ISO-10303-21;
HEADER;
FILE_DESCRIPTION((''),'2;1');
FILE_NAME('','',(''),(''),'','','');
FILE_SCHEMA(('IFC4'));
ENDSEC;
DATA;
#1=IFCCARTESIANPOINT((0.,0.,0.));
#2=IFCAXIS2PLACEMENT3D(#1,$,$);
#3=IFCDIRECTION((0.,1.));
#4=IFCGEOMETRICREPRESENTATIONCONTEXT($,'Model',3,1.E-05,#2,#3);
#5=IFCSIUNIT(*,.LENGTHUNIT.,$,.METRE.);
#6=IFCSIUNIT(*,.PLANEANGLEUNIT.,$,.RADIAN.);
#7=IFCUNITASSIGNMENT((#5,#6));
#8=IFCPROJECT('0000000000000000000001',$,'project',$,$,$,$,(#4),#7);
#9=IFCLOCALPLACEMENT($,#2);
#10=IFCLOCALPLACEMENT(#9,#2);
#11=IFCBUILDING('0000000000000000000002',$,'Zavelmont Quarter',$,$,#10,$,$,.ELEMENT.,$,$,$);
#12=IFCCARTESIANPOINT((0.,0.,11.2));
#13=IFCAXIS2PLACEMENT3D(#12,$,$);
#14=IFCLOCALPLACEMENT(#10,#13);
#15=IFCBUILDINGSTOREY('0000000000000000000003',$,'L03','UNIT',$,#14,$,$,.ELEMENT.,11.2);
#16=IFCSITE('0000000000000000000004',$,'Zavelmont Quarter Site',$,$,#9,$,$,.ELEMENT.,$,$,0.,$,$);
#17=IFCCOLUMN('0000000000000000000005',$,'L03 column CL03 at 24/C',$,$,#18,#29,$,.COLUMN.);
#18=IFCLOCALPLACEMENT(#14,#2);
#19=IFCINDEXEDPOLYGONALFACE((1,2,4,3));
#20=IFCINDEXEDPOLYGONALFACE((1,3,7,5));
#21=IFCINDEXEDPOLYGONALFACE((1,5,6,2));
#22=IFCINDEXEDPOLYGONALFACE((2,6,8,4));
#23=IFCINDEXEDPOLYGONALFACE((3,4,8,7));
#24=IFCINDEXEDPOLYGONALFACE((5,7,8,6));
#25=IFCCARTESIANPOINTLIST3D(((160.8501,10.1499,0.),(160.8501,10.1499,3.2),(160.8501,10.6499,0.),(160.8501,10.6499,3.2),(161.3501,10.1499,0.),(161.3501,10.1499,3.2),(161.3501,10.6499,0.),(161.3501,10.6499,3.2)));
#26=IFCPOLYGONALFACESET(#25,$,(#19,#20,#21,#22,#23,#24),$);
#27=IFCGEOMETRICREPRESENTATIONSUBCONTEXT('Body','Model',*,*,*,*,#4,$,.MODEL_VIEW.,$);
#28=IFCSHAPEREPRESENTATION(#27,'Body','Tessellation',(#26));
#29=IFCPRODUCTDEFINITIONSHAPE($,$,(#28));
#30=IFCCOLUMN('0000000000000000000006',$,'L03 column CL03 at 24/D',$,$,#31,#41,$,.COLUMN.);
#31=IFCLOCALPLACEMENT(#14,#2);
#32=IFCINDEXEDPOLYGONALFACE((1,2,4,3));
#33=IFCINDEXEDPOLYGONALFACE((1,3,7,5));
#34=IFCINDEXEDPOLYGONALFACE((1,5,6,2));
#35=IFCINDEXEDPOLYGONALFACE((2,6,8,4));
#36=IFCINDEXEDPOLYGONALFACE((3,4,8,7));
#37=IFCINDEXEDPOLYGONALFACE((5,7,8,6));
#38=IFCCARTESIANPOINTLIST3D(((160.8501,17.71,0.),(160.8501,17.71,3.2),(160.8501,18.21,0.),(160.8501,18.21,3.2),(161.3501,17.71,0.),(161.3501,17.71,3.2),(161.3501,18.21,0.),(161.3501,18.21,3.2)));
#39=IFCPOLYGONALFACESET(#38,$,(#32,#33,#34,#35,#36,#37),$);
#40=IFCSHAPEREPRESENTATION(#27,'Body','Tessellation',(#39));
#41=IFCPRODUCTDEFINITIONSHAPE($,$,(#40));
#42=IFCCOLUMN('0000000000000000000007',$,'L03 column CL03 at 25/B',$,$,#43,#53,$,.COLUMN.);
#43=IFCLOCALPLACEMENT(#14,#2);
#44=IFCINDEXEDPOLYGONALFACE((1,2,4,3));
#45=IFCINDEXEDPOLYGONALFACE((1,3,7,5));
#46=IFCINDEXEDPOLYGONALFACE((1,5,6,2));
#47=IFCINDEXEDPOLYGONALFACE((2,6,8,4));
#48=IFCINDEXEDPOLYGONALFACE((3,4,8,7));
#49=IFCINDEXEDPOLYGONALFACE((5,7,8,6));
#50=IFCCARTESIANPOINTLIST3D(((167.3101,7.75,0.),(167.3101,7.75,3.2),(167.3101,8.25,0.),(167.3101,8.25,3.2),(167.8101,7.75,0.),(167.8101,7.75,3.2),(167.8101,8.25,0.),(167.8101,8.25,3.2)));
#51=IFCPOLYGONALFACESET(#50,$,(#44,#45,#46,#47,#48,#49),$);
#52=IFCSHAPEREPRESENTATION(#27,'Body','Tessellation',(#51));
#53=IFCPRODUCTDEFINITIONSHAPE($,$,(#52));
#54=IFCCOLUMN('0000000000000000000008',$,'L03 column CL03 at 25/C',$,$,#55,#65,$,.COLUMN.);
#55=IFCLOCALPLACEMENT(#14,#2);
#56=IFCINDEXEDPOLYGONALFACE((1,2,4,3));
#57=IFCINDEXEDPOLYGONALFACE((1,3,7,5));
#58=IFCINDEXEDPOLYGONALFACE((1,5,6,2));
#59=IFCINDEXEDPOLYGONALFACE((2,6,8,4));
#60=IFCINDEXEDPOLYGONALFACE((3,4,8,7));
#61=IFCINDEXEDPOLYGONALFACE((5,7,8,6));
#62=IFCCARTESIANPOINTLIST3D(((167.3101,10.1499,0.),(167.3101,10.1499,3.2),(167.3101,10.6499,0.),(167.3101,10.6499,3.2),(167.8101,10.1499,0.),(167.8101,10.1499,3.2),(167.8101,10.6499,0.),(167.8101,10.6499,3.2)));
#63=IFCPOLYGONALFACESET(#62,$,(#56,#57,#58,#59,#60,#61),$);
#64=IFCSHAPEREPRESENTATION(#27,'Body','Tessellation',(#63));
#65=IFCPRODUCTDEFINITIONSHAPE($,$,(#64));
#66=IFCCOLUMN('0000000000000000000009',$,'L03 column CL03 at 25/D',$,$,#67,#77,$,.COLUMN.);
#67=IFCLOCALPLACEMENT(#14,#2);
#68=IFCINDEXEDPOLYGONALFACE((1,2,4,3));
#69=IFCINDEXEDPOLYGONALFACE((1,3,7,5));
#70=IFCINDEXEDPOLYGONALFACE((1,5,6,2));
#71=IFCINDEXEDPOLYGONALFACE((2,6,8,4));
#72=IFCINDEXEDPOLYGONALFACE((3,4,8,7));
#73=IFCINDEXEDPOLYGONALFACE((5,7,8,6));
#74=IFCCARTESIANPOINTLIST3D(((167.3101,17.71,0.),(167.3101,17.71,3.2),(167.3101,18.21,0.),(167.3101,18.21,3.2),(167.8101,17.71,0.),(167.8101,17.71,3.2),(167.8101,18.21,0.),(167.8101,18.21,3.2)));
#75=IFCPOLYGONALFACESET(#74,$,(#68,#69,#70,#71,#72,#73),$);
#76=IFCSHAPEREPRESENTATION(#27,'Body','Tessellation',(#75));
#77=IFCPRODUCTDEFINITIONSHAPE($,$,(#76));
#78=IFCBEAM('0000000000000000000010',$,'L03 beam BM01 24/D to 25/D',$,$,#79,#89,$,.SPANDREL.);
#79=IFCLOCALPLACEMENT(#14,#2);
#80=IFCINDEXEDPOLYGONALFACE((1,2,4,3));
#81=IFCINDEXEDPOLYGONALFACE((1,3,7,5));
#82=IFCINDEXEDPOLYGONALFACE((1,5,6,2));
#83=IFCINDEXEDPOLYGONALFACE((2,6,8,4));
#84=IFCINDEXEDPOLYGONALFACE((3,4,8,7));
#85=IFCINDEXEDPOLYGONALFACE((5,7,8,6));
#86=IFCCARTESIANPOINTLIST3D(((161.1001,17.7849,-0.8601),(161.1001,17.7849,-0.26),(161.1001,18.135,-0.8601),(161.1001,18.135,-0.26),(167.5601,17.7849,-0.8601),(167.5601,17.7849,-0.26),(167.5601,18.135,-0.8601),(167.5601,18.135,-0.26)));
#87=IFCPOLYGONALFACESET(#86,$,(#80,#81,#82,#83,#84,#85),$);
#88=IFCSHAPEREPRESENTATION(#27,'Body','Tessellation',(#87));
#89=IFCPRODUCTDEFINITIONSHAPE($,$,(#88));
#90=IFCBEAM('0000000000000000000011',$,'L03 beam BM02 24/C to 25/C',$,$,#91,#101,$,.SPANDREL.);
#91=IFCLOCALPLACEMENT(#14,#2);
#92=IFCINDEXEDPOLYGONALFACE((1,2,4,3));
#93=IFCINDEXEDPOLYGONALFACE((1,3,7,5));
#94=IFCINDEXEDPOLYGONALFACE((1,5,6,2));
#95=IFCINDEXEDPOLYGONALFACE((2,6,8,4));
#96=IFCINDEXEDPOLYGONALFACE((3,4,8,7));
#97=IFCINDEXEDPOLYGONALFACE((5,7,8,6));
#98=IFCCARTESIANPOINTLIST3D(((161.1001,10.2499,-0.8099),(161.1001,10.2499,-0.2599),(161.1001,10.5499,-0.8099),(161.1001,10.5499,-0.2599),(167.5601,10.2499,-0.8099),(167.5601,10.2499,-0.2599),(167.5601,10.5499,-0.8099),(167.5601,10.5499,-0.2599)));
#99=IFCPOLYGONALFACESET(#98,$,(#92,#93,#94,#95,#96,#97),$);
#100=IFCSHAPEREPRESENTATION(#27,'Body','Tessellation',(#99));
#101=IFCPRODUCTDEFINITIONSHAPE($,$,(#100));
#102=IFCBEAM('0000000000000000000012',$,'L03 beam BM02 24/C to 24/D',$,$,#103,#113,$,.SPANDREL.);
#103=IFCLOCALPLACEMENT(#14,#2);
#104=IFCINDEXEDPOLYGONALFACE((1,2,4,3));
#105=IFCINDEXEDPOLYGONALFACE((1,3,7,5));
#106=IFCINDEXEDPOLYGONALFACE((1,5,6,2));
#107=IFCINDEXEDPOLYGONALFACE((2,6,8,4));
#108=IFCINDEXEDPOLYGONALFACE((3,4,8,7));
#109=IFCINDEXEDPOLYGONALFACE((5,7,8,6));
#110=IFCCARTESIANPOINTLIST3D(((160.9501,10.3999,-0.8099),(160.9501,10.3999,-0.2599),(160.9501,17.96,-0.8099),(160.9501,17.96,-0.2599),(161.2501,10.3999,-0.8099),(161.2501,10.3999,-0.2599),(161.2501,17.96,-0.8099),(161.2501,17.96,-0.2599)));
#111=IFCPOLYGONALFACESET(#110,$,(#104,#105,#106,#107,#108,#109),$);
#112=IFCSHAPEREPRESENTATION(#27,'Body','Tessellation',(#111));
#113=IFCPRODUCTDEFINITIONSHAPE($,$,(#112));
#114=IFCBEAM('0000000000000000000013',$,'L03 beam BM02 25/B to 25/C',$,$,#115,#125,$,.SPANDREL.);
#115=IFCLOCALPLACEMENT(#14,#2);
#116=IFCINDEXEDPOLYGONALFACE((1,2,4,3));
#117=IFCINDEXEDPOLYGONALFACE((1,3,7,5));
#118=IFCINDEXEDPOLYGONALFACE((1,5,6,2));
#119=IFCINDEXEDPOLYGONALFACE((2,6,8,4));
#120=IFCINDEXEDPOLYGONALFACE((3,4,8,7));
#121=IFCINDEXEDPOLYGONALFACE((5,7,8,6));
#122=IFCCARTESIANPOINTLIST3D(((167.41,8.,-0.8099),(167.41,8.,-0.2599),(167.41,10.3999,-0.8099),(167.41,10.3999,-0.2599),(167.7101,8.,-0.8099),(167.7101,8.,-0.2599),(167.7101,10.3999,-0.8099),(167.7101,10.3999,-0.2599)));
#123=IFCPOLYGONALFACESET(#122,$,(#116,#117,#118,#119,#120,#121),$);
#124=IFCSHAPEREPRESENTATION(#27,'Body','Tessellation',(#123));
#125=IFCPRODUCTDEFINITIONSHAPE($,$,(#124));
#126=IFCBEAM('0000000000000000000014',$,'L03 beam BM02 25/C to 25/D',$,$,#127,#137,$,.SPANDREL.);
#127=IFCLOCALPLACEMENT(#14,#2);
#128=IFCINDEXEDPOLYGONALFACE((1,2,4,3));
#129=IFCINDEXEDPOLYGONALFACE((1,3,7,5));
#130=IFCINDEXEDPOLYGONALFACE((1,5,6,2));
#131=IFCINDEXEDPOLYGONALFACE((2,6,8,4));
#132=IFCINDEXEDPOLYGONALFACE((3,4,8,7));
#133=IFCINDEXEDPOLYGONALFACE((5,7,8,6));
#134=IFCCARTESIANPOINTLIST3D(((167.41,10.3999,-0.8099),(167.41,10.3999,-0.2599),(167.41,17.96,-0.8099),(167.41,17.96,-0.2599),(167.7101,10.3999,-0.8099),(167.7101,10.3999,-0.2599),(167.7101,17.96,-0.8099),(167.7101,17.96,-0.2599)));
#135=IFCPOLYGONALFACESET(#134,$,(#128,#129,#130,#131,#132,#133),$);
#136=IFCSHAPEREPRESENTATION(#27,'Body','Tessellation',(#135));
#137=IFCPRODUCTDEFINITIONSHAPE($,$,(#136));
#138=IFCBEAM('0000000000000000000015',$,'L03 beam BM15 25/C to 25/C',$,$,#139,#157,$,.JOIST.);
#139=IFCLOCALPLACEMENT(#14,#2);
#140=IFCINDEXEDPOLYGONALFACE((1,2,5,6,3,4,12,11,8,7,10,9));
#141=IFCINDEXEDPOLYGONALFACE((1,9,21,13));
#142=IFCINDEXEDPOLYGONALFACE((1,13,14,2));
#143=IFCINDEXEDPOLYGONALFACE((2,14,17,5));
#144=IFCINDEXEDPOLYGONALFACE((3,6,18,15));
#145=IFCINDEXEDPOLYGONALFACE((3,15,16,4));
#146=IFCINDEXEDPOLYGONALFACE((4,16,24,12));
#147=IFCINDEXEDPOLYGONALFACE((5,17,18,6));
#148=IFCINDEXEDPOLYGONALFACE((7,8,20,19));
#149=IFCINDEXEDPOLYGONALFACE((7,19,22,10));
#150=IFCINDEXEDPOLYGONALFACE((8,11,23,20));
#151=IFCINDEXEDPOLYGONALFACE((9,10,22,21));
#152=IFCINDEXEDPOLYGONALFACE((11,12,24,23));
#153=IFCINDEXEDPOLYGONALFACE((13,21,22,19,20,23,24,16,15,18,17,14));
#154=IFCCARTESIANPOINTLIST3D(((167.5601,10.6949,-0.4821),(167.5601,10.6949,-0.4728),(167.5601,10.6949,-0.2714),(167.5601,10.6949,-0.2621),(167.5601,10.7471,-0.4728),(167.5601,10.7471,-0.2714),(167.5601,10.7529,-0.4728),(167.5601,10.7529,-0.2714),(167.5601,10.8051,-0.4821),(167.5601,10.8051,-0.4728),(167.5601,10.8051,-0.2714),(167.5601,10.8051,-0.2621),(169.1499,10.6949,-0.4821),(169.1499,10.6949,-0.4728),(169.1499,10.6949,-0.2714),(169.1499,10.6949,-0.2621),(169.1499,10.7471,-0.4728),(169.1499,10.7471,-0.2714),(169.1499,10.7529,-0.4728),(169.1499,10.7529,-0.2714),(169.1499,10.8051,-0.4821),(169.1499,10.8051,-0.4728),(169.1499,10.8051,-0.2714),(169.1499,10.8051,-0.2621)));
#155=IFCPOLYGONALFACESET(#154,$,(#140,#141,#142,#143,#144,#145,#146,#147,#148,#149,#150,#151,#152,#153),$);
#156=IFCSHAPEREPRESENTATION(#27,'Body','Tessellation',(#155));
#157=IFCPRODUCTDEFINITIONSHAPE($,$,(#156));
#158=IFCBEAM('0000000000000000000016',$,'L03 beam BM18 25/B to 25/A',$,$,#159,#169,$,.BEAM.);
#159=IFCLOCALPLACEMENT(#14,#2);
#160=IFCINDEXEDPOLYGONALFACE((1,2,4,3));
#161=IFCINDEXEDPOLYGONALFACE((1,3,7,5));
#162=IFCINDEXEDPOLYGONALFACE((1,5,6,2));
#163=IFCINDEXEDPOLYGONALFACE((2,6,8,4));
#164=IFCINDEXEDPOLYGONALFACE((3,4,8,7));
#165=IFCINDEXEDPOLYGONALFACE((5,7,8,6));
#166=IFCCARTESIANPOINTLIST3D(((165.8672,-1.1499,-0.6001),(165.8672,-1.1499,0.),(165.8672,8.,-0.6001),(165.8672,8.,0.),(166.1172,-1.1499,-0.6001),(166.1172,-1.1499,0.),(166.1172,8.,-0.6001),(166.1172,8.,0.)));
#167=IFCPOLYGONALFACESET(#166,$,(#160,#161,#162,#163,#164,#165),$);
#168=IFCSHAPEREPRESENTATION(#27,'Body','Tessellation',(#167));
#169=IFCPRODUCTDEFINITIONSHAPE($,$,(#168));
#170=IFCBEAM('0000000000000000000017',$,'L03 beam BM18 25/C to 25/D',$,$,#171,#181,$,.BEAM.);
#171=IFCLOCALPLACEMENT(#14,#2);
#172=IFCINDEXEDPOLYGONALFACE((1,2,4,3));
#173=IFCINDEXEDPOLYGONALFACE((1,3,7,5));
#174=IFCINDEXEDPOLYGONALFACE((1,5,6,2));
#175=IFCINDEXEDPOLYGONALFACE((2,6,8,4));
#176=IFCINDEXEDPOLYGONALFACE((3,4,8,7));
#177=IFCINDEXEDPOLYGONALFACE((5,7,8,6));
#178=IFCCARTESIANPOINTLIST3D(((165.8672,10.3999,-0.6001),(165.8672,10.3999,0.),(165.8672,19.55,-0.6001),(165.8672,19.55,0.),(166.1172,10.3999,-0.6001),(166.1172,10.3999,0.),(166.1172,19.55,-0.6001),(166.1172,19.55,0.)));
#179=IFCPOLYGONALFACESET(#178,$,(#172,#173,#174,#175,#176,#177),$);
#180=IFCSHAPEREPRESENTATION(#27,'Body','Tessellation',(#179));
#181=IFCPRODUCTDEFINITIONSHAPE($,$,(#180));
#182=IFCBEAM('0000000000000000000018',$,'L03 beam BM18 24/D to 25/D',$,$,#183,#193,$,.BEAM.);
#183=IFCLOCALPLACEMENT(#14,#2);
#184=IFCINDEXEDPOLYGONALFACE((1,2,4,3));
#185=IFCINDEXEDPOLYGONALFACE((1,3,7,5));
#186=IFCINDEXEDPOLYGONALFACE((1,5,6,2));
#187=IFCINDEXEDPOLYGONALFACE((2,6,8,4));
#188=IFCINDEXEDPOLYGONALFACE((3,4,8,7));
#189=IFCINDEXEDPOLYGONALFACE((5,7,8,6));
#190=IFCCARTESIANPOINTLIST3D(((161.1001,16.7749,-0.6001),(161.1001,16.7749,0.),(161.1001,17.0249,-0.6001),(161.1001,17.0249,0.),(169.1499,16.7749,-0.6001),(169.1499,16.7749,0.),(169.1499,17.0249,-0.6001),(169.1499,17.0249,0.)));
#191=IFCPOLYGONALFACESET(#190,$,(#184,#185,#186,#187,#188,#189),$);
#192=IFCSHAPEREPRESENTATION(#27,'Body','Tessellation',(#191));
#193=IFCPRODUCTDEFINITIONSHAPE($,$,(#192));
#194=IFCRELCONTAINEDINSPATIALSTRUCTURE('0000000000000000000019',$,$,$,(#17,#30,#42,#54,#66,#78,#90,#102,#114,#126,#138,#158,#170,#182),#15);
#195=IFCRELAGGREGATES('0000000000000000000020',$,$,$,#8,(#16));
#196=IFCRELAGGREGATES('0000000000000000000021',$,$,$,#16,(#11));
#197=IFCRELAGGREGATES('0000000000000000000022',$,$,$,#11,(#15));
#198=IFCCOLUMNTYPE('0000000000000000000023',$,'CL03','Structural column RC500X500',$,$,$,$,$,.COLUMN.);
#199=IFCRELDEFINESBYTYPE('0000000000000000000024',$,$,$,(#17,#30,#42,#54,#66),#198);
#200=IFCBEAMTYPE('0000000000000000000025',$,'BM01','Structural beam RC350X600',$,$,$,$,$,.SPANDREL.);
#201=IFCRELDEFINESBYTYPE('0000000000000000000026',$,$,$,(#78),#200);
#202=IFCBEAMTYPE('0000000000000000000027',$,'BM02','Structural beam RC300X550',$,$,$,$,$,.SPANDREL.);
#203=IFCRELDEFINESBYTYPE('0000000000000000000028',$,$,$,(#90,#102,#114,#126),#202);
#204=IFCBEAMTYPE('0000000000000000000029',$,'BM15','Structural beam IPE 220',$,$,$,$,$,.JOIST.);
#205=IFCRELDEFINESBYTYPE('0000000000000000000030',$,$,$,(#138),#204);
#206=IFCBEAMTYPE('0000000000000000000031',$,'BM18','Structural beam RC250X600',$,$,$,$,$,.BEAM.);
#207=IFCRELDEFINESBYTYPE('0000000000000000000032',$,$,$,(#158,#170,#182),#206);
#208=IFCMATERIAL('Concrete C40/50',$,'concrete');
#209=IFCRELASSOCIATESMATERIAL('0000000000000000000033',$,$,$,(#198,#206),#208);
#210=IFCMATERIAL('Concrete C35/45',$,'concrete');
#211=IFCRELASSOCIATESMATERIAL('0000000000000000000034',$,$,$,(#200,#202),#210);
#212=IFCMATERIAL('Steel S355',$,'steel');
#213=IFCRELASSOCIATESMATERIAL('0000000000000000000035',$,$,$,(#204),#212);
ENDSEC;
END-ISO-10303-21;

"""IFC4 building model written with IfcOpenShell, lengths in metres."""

from ifc_helpers import new_model, si_unit, direction, frame, origin, origin_2d, place, context, subcontext, project, spatial, rectangle, i_section, extrude, material, material_profile, profile_set, type_object, element, save


model = new_model("IFC4")

# Units and contexts
model_context = context("Model", 3, precision=1e-05, world=origin(), true_north=direction((0.0, 1.0)))
body_context = subcontext(model_context, "Body", "Model", "MODEL_VIEW")
ifc_project = project(units=[si_unit("LENGTHUNIT", "METRE"), si_unit("PLANEANGLEUNIT", "RADIAN")], contexts=[model_context])

# Site, building, storey
site_placement = place(None, origin())
site = spatial("IfcSite", under=ifc_project, at=site_placement, Name="Zavelmont Quarter Site", CompositionType="ELEMENT", RefElevation=0.0)
building_placement = place(site_placement, origin())
building = spatial("IfcBuilding", under=site, at=building_placement, Name="Zavelmont Quarter", CompositionType="ELEMENT")
storey_placement = place(building_placement, frame((0.0, 0.0, 11.2)))
storey = spatial("IfcBuildingStorey", under=building, at=storey_placement, Name="L03", Description="UNIT", CompositionType="ELEMENT", Elevation=11.2)

# Columns
ifc_material_1 = material(Name="Concrete C40/50", Category="concrete")
ifc_material_profile_1 = material_profile(ifc_material_1, rectangle(XDim=0.5, YDim=0.5, at=origin_2d()), Name="RC500X500")
ifc_profile_set_1 = profile_set([ifc_material_profile_1], Name="Concrete C40/50")
column_type = type_object("IfcColumnType", Name="CL03", Description="Structural column RC500X500", PredefinedType="COLUMN", material=ifc_profile_set_1)
for number, where, z_axis, x_axis, name in (
    (1, (161.1001, 10.3999, 0.0), (0.0, 0.0, 1.0), (1.0, 0.0, 0.0), "L03 column CL03 at 24/C"),
    (2, (161.1001, 17.96, 0.0), (0.0, 0.0, 1.0), (1.0, 0.0, 0.0), "L03 column CL03 at 24/D"),
    (3, (167.5601, 8.0, 0.0), (0.0, 0.0, 1.0), (1.0, 0.0, 0.0), "L03 column CL03 at 25/B"),
    (4, (167.5601, 10.3999, 0.0), (0.0, 0.0, 1.0), (1.0, 0.0, 0.0), "L03 column CL03 at 25/C"),
    (5, (167.5601, 17.96, 0.0), (0.0, 0.0, 1.0), (1.0, 0.0, 0.0), "L03 column CL03 at 25/D"),
):
    element("IfcColumn", number, at=place(storey_placement, frame(where, z_axis=z_axis, x_axis=x_axis)), inside=storey, type_object=column_type, Name=name, PredefinedType="COLUMN", context=body_context, shape_type="SweptSolid", body=[
        extrude(rectangle(XDim=0.5, YDim=0.5, at=origin_2d()), origin(), (0.0, 0.0, 1.0), 3.2),
    ])

# Beams
ifc_material_2 = material(Name="Concrete C35/45", Category="concrete")
ifc_material_profile_2 = material_profile(ifc_material_2, rectangle(XDim=0.3501, YDim=0.6001, at=origin_2d()), Name="RC350X600")
ifc_profile_set_2 = profile_set([ifc_material_profile_2], Name="Concrete C35/45")
beam_type_1 = type_object("IfcBeamType", Name="BM01", Description="Structural beam RC350X600", PredefinedType="SPANDREL", material=ifc_profile_set_2)
beam_1_placement = place(storey_placement, frame((161.1001, 17.96, -0.5601), z_axis=(1.0, 0.0, 0.0), x_axis=(0.0, 1.0, 0.0)))
element("IfcBeam", 6, at=beam_1_placement, inside=storey, type_object=beam_type_1, Name="L03 beam BM01 24/D to 25/D", PredefinedType="SPANDREL", context=body_context, shape_type="SweptSolid", body=[
    extrude(rectangle(XDim=0.3501, YDim=0.6001, at=origin_2d()), origin(), (0.0, 0.0, 1.0), 6.46),
])
ifc_material_profile_3 = material_profile(ifc_material_2, rectangle(XDim=0.3, YDim=0.55, at=origin_2d()), Name="RC300X550")
ifc_profile_set_3 = profile_set([ifc_material_profile_3], Name="Concrete C35/45")
beam_type_2 = type_object("IfcBeamType", Name="BM02", Description="Structural beam RC300X550", PredefinedType="SPANDREL", material=ifc_profile_set_3)
beam_2_placement = place(storey_placement, frame((161.1001, 10.3999, -0.5349), z_axis=(1.0, 0.0, 0.0), x_axis=(0.0, 1.0, 0.0)))
element("IfcBeam", 7, at=beam_2_placement, inside=storey, type_object=beam_type_2, Name="L03 beam BM02 24/C to 25/C", PredefinedType="SPANDREL", context=body_context, shape_type="SweptSolid", body=[
    extrude(rectangle(XDim=0.3, YDim=0.55, at=origin_2d()), origin(), (0.0, 0.0, 1.0), 6.46),
])
beam_3_placement = place(storey_placement, frame((161.1001, 10.3999, -0.5349), z_axis=(0.0, 1.0, 0.0), x_axis=(-1.0, 0.0, 0.0)))
element("IfcBeam", 8, at=beam_3_placement, inside=storey, type_object=beam_type_2, Name="L03 beam BM02 24/C to 24/D", PredefinedType="SPANDREL", context=body_context, shape_type="SweptSolid", body=[
    extrude(rectangle(XDim=0.3, YDim=0.55, at=origin_2d()), origin(), (0.0, 0.0, 1.0), 7.5601),
])
beam_4_placement = place(storey_placement, frame((167.5601, 8.0, -0.5349), z_axis=(0.0, 1.0, 0.0), x_axis=(-1.0, 0.0, 0.0)))
element("IfcBeam", 9, at=beam_4_placement, inside=storey, type_object=beam_type_2, Name="L03 beam BM02 25/B to 25/C", PredefinedType="SPANDREL", context=body_context, shape_type="SweptSolid", body=[
    extrude(rectangle(XDim=0.3, YDim=0.55, at=origin_2d()), origin(), (0.0, 0.0, 1.0), 2.3999),
])
beam_5_placement = place(storey_placement, frame((167.5601, 10.3999, -0.5349), z_axis=(0.0, 1.0, 0.0), x_axis=(-1.0, 0.0, 0.0)))
element("IfcBeam", 10, at=beam_5_placement, inside=storey, type_object=beam_type_2, Name="L03 beam BM02 25/C to 25/D", PredefinedType="SPANDREL", context=body_context, shape_type="SweptSolid", body=[
    extrude(rectangle(XDim=0.3, YDim=0.55, at=origin_2d()), origin(), (0.0, 0.0, 1.0), 7.5601),
])
ifc_material_3 = material(Name="Steel S355", Category="steel")
ifc_material_profile_4 = material_profile(ifc_material_3, i_section(OverallWidth=0.1101, OverallDepth=0.22, WebThickness=0.0059, FlangeThickness=0.0093, at=origin_2d()), Name="IPE 220")
ifc_profile_set_4 = profile_set([ifc_material_profile_4], Name="Steel S355")
beam_type_3 = type_object("IfcBeamType", Name="BM15", Description="Structural beam IPE 220", PredefinedType="JOIST", material=ifc_profile_set_4)
beam_6_placement = place(storey_placement, frame((167.5601, 10.75, -0.3721), z_axis=(1.0, 0.0, 0.0), x_axis=(0.0, 1.0, 0.0)))
element("IfcBeam", 11, at=beam_6_placement, inside=storey, type_object=beam_type_3, Name="L03 beam BM15 25/C to 25/C", PredefinedType="JOIST", context=body_context, shape_type="SweptSolid", body=[
    extrude(i_section(OverallWidth=0.1101, OverallDepth=0.22, WebThickness=0.0059, FlangeThickness=0.0093, at=origin_2d()), origin(), (0.0, 0.0, 1.0), 1.5898),
])
ifc_material_profile_5 = material_profile(ifc_material_1, rectangle(XDim=0.25, YDim=0.6001, at=origin_2d()), Name="RC250X600")
ifc_profile_set_5 = profile_set([ifc_material_profile_5], Name="Concrete C40/50")
beam_type_4 = type_object("IfcBeamType", Name="BM18", Description="Structural beam RC250X600", PredefinedType="BEAM", material=ifc_profile_set_5)
beam_7_placement = place(storey_placement, frame((165.9922, 8.0, -0.3), z_axis=(0.0, -1.0, 0.0), x_axis=(1.0, 0.0, 0.0)))
element("IfcBeam", 12, at=beam_7_placement, inside=storey, type_object=beam_type_4, Name="L03 beam BM18 25/B to 25/A", PredefinedType="BEAM", context=body_context, shape_type="SweptSolid", body=[
    extrude(rectangle(XDim=0.25, YDim=0.6001, at=origin_2d()), origin(), (0.0, 0.0, 1.0), 9.1499),
])
beam_8_placement = place(storey_placement, frame((165.9922, 10.3999, -0.3), z_axis=(0.0, 1.0, 0.0), x_axis=(-1.0, 0.0, 0.0)))
element("IfcBeam", 13, at=beam_8_placement, inside=storey, type_object=beam_type_4, Name="L03 beam BM18 25/C to 25/D", PredefinedType="BEAM", context=body_context, shape_type="SweptSolid", body=[
    extrude(rectangle(XDim=0.25, YDim=0.6001, at=origin_2d()), origin(), (0.0, 0.0, 1.0), 9.1501),
])
beam_9_placement = place(storey_placement, frame((161.1001, 16.8999, -0.3), z_axis=(1.0, 0.0, 0.0), x_axis=(0.0, 1.0, 0.0)))
element("IfcBeam", 14, at=beam_9_placement, inside=storey, type_object=beam_type_4, Name="L03 beam BM18 24/D to 25/D", PredefinedType="BEAM", context=body_context, shape_type="SweptSolid", body=[
    extrude(rectangle(XDim=0.25, YDim=0.6001, at=origin_2d()), origin(), (0.0, 0.0, 1.0), 8.0498),
])

save(model, "model.ifc")
